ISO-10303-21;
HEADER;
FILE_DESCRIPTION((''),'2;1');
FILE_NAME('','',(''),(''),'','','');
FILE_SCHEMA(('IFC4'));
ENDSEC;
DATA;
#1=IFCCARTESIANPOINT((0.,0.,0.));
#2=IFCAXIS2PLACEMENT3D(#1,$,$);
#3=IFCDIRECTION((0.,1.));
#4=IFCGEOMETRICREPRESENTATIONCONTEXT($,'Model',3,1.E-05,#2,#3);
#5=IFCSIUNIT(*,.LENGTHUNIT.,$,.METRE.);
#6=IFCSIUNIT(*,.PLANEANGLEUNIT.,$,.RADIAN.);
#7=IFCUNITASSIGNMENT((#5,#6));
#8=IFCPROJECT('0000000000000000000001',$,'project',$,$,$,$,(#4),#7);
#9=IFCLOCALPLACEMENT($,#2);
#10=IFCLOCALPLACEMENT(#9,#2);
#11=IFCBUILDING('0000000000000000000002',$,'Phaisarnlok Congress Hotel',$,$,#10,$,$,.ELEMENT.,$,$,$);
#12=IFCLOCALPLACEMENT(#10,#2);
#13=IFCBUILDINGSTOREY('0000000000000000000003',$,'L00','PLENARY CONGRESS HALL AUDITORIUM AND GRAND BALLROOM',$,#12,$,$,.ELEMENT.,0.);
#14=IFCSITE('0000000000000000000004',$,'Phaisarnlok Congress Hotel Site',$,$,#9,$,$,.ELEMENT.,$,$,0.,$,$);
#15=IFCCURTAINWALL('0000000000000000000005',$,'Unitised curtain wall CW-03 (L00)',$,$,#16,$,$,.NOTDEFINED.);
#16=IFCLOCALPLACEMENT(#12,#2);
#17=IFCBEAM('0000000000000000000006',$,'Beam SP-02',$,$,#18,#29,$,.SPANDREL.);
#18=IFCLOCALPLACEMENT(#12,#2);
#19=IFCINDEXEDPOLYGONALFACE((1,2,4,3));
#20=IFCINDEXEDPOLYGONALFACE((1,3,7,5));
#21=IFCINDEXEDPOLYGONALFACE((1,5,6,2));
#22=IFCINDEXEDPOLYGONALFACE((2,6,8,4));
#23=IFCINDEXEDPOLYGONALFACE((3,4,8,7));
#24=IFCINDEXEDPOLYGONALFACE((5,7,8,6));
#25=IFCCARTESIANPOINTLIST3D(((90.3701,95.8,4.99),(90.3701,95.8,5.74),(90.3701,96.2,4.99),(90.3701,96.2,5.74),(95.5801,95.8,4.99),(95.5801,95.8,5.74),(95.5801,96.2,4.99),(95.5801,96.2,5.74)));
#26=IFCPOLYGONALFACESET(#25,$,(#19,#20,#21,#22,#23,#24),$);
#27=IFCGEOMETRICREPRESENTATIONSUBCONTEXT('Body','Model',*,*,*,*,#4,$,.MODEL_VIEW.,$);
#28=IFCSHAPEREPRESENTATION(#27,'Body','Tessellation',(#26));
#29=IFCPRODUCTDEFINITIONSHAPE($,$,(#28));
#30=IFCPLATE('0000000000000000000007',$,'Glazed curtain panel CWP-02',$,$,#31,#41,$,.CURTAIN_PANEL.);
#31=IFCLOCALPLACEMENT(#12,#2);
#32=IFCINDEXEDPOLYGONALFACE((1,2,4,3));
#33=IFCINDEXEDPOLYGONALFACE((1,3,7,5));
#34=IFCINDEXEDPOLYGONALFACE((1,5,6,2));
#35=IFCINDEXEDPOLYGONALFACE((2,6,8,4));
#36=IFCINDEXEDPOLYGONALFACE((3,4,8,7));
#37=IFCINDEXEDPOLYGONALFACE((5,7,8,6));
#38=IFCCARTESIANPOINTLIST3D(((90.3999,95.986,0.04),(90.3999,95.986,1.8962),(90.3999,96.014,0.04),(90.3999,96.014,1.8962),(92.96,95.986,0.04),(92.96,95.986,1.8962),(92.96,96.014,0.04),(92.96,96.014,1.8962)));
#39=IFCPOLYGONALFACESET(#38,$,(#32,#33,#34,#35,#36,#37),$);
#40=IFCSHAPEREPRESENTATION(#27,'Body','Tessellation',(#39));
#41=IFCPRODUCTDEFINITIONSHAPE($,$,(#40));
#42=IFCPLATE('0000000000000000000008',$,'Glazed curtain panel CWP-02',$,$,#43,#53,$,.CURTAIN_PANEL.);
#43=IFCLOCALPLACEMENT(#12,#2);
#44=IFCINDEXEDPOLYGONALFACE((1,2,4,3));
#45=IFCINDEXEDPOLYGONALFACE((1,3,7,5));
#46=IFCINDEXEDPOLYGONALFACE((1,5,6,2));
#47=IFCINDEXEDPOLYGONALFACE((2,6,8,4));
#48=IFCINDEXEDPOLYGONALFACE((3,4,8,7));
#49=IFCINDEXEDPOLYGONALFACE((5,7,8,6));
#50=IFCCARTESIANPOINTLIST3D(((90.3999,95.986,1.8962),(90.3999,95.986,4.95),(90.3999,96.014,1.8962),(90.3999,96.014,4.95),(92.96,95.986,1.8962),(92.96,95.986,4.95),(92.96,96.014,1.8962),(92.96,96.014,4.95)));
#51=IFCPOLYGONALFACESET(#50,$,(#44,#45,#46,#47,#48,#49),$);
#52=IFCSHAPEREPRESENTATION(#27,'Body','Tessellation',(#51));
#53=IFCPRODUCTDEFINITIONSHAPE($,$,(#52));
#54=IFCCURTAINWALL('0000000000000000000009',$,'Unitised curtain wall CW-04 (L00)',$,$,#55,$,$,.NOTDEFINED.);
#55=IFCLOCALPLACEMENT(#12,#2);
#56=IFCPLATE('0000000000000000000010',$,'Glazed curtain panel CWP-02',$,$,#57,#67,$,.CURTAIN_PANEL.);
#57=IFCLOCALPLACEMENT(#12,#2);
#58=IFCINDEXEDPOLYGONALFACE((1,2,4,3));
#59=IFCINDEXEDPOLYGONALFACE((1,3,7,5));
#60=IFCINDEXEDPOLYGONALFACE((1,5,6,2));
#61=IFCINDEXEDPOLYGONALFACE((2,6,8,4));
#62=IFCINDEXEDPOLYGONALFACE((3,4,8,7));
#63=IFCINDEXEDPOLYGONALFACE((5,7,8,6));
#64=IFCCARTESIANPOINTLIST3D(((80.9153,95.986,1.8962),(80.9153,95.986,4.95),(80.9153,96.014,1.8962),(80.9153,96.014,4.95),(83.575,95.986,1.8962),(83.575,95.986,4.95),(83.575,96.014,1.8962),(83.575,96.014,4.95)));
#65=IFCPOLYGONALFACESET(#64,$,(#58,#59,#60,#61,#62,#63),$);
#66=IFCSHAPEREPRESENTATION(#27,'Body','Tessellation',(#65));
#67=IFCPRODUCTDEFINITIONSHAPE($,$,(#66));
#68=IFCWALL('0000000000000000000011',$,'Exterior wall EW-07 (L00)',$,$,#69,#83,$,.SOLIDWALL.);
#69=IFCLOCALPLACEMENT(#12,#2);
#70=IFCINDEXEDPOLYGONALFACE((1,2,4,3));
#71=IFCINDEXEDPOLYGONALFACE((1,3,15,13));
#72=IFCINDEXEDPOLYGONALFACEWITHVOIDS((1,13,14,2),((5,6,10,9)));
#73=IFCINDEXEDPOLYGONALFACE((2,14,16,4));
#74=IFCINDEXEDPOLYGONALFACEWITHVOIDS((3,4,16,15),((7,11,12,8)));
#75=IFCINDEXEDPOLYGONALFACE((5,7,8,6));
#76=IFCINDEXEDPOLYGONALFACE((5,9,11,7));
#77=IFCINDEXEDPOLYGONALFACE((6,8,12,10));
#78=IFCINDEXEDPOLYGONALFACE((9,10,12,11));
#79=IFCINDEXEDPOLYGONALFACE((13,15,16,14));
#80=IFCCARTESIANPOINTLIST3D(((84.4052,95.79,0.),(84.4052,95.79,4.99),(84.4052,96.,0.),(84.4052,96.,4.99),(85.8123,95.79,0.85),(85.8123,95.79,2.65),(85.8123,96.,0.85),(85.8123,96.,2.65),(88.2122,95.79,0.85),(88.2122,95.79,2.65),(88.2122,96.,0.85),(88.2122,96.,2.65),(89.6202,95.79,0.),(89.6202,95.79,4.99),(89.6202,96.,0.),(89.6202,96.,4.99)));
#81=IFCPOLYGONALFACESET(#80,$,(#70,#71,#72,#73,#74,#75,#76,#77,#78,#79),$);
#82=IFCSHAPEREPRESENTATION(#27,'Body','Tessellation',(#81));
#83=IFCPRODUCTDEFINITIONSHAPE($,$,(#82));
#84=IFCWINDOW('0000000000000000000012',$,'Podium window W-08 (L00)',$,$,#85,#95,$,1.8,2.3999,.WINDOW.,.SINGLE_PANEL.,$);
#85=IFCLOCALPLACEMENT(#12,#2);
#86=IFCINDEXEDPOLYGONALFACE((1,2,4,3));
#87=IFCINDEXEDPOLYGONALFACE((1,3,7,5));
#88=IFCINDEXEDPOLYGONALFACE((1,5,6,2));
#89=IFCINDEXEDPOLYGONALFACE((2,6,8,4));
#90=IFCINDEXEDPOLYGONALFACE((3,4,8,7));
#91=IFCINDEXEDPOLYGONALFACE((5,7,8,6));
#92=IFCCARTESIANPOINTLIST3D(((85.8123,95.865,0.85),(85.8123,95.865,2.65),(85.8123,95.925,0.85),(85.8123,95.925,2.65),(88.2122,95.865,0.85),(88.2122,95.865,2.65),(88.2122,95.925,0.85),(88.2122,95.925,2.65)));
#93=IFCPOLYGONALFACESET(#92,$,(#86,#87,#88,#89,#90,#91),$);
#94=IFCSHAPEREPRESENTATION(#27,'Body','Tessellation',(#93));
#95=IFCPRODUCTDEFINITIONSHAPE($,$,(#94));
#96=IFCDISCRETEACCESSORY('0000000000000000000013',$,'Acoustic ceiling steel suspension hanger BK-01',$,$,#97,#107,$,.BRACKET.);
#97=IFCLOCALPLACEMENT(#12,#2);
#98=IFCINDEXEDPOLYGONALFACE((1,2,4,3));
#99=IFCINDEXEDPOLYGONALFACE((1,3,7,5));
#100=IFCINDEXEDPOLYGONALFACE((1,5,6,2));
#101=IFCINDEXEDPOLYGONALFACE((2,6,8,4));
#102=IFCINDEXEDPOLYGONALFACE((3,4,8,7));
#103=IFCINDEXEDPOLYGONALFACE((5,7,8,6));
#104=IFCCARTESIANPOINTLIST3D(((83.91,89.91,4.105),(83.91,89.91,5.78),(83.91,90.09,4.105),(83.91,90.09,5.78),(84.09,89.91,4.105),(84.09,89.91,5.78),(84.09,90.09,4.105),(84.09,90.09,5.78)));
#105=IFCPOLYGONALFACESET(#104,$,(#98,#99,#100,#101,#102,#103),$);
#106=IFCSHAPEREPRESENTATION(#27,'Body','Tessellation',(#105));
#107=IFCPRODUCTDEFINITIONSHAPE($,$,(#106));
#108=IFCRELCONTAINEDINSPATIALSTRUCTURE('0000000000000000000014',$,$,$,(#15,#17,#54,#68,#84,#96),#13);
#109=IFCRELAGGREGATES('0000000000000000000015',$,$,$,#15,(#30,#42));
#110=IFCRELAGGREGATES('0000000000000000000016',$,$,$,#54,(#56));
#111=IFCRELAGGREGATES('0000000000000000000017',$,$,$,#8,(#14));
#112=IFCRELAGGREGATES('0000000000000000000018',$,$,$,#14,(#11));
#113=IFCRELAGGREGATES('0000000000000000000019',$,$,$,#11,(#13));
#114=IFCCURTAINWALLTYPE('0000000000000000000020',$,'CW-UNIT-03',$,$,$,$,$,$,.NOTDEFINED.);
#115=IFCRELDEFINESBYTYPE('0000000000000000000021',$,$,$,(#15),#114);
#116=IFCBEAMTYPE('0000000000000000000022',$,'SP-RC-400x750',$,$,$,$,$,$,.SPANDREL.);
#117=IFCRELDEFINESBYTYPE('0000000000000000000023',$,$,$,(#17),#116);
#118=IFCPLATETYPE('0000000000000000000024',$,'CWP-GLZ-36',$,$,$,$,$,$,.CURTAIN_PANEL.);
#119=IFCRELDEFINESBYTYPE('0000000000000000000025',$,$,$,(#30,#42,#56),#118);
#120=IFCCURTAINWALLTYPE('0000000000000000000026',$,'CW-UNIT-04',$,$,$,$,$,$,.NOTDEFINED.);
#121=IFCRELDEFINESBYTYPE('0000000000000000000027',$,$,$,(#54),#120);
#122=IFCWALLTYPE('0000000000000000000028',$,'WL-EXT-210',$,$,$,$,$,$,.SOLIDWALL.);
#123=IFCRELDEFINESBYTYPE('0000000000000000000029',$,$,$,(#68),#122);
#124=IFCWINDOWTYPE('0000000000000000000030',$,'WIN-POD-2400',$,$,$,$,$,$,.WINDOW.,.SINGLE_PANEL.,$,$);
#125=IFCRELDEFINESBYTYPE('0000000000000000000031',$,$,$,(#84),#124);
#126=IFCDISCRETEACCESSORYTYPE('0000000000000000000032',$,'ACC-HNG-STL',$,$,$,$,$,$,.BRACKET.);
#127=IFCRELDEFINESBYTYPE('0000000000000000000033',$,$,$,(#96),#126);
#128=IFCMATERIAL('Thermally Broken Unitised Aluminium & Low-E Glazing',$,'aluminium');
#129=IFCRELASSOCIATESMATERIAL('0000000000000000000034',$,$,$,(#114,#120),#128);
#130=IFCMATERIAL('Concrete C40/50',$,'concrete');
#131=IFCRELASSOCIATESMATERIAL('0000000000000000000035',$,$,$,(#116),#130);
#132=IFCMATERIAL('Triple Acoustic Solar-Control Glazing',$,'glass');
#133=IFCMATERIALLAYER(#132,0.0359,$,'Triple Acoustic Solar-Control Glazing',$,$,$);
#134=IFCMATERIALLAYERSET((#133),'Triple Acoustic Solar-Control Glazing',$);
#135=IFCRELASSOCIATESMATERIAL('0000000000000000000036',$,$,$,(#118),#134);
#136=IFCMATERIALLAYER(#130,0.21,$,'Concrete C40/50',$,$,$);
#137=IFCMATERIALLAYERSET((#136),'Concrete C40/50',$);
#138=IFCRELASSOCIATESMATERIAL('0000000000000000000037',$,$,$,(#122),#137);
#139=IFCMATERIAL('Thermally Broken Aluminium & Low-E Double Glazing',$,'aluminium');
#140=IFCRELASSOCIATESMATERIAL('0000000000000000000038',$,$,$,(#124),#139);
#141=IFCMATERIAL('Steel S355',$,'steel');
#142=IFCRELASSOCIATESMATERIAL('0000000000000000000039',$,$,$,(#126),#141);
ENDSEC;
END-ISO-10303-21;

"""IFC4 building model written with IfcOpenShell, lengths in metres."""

from ifc_helpers import new_model, si_unit, direction, frame, frame_2d, origin, origin_2d, place, context, subcontext, project, spatial, rectangle, extrude, material, layer, layer_set, material_profile, profile_set, type_object, element, fill, aggregate, save


model = new_model("IFC4")

# Units and contexts
model_context = context("Model", 3, precision=1e-05, world=origin(), true_north=direction((0.0, 1.0)))
body_context = subcontext(model_context, "Body", "Model", "MODEL_VIEW")
ifc_project = project(units=[si_unit("LENGTHUNIT", "METRE"), si_unit("PLANEANGLEUNIT", "RADIAN")], contexts=[model_context])

# Site, building, storey
site_placement = place(None, origin())
site = spatial("IfcSite", under=ifc_project, at=site_placement, Name="Phaisarnlok Congress Hotel Site", CompositionType="ELEMENT", RefElevation=0.0)
building_placement = place(site_placement, origin())
building = spatial("IfcBuilding", under=site, at=building_placement, Name="Phaisarnlok Congress Hotel", CompositionType="ELEMENT")
storey_placement = place(building_placement, origin())
storey = spatial("IfcBuildingStorey", under=building, at=storey_placement, Name="L00", Description="PLENARY CONGRESS HALL AUDITORIUM AND GRAND BALLROOM", CompositionType="ELEMENT", Elevation=0.0)

# Shared definitions
ifc_material_1 = material(Name="Steel S355", Category="steel")

# Shared definitions
ifc_material_2 = material(Name="Concrete C40/50", Category="concrete")

# Curtain wall
ifc_material_3 = material(Name="Thermally Broken Unitised Aluminium & Low-E Glazing", Category="aluminium")
curtain_wall_type_1 = type_object("IfcCurtainWallType", Name="CW-UNIT-03", PredefinedType="NOTDEFINED", material=ifc_material_3)
curtain_wall_1_placement = place(storey_placement, origin())
curtain_wall_1 = element("IfcCurtainWall", 1, at=curtain_wall_1_placement, inside=storey, type_object=curtain_wall_type_1, Name="Unitised curtain wall CW-03 (L00)", PredefinedType="NOTDEFINED")

# Beam
ifc_material_profile_1 = material_profile(ifc_material_2, rectangle(XDim=0.3999, YDim=0.75, at=origin_2d()), Name="RC 400x750")
ifc_profile_set_1 = profile_set([ifc_material_profile_1], Name="Concrete C40/50")
beam_type_1 = type_object("IfcBeamType", Name="SP-RC-400x750", PredefinedType="SPANDREL", material=ifc_profile_set_1)
beam_1_placement = place(storey_placement, frame((90.3701, 96.0, 5.365), z_axis=(1.0, 0.0, 0.0), x_axis=(0.0, 1.0, 0.0)))
element("IfcBeam", 2, at=beam_1_placement, inside=storey, type_object=beam_type_1, Name="Beam SP-02", PredefinedType="SPANDREL", context=body_context, shape_type="SweptSolid", body=[
    extrude(rectangle(XDim=0.3999, YDim=0.75, at=origin_2d()), origin(), (0.0, 0.0, 1.0), 5.21),
])

# Plates
ifc_material_4 = material(Name="Triple Acoustic Solar-Control Glazing", Category="glass")
ifc_layer_1 = layer(ifc_material_4, 0.0359, Name="Triple Acoustic Solar-Control Glazing")
ifc_layer_set_1 = layer_set([ifc_layer_1], Name="Triple Acoustic Solar-Control Glazing")
plate_type = type_object("IfcPlateType", Name="CWP-GLZ-36", PredefinedType="CURTAIN_PANEL", material=ifc_layer_set_1)
plate_1_placement = place(storey_placement, frame((92.96, 96.0, 0.04), z_axis=(0.0, 0.0, 1.0), x_axis=(-1.0, 0.0, 0.0)))
plate_1 = element("IfcPlate", 3, at=plate_1_placement, type_object=plate_type, Name="Glazed curtain panel CWP-02", PredefinedType="CURTAIN_PANEL", context=body_context, shape_type="SweptSolid", body=[
    extrude(rectangle(XDim=2.5601, YDim=0.0281, at=frame_2d((1.28, 0.0))), origin(), (0.0, 0.0, 1.0), 1.8562),
])
plate_2_placement = place(storey_placement, frame((92.96, 96.0, 1.8962), z_axis=(0.0, 0.0, 1.0), x_axis=(-1.0, 0.0, 0.0)))
plate_2 = element("IfcPlate", 4, at=plate_2_placement, type_object=plate_type, Name="Glazed curtain panel CWP-02", PredefinedType="CURTAIN_PANEL", context=body_context, shape_type="SweptSolid", body=[
    extrude(rectangle(XDim=2.5601, YDim=0.0281, at=frame_2d((1.28, 0.0))), origin(), (0.0, 0.0, 1.0), 3.0537),
])
aggregate(curtain_wall_1, [plate_1, plate_2])

# Curtain wall, plate
curtain_wall_type_2 = type_object("IfcCurtainWallType", Name="CW-UNIT-04", PredefinedType="NOTDEFINED", material=ifc_material_3)
curtain_wall_2_placement = place(storey_placement, origin())
curtain_wall_2 = element("IfcCurtainWall", 5, at=curtain_wall_2_placement, inside=storey, type_object=curtain_wall_type_2, Name="Unitised curtain wall CW-04 (L00)", PredefinedType="NOTDEFINED")
plate_3_placement = place(storey_placement, frame((83.575, 96.0, 1.8962), z_axis=(0.0, 0.0, 1.0), x_axis=(-1.0, 0.0, 0.0)))
plate_3 = element("IfcPlate", 6, at=plate_3_placement, type_object=plate_type, Name="Glazed curtain panel CWP-02", PredefinedType="CURTAIN_PANEL", context=body_context, shape_type="SweptSolid", body=[
    extrude(rectangle(XDim=2.6597, YDim=0.0281, at=frame_2d((1.3298, 0.0))), origin(), (0.0, 0.0, 1.0), 3.0537),
])
aggregate(curtain_wall_2, [plate_3])

# Wall, opening, window
ifc_layer_2 = layer(ifc_material_2, 0.21, Name="Concrete C40/50")
ifc_layer_set_2 = layer_set([ifc_layer_2], Name="Concrete C40/50")
wall_type = type_object("IfcWallType", Name="WL-EXT-210", PredefinedType="SOLIDWALL", material=ifc_layer_set_2)
wall_placement = place(storey_placement, frame((89.6201, 95.895, 0.0), z_axis=(0.0, 0.0, 1.0), x_axis=(-1.0, 0.0, 0.0)))
wall = element("IfcWall", 7, at=wall_placement, inside=storey, type_object=wall_type, Name="Exterior wall EW-07 (L00)", PredefinedType="SOLIDWALL", context=body_context, shape_type="SweptSolid", body=[
    extrude(rectangle(XDim=5.2151, YDim=0.21, at=frame_2d((2.6074, 0.0))), origin(), (0.0, 0.0, 1.0), 4.99),
])
opening_placement = place(wall_placement, frame((1.408, 0.0, 0.8501)))
opening = element("IfcOpeningElement", 8, at=opening_placement, cuts=wall, PredefinedType="OPENING", context=body_context, shape_type="SweptSolid", body=[
    extrude(rectangle(XDim=2.3999, YDim=1.8, at=frame_2d((1.2, 0.8999))), frame((0.0, 0.115, 0.0), z_axis=(0.0, -1.0, 0.0), x_axis=(1.0, 0.0, 0.0)), (0.0, 0.0, 1.0), 0.23),
])
ifc_material_5 = material(Name="Thermally Broken Aluminium & Low-E Double Glazing", Category="aluminium")
window_type = type_object("IfcWindowType", Name="WIN-POD-2400", PartitioningType="SINGLE_PANEL", PredefinedType="WINDOW", material=ifc_material_5)
window_placement = place(opening_placement, origin())
window = element("IfcWindow", 9, at=window_placement, inside=storey, type_object=window_type, Name="Podium window W-08 (L00)", OverallHeight=1.8, OverallWidth=2.3999, PartitioningType="SINGLE_PANEL", PredefinedType="WINDOW", context=body_context, shape_type="SweptSolid", body=[
    extrude(rectangle(XDim=2.3999, YDim=1.8, at=frame_2d((1.2, 0.8999))), frame((0.0, 0.03, 0.0), z_axis=(0.0, -1.0, 0.0), x_axis=(1.0, 0.0, 0.0)), (0.0, 0.0, 1.0), 0.0601),
])
fill(opening, window)

# Discrete accessory
discrete_accessory_type = type_object("IfcDiscreteAccessoryType", Name="ACC-HNG-STL", PredefinedType="BRACKET", material=ifc_material_1)
discrete_accessory_placement = place(storey_placement, frame((84.0, 90.0, 4.105), z_axis=(0.0, 0.0, 1.0), x_axis=(1.0, 0.0, 0.0)))
element("IfcDiscreteAccessory", 10, at=discrete_accessory_placement, inside=storey, type_object=discrete_accessory_type, Name="Acoustic ceiling steel suspension hanger BK-01", PredefinedType="BRACKET", context=body_context, shape_type="SweptSolid", body=[
    extrude(rectangle(XDim=0.1799, YDim=0.1799, at=origin_2d()), origin(), (0.0, 0.0, 1.0), 1.675),
])

save(model, "model.ifc")
